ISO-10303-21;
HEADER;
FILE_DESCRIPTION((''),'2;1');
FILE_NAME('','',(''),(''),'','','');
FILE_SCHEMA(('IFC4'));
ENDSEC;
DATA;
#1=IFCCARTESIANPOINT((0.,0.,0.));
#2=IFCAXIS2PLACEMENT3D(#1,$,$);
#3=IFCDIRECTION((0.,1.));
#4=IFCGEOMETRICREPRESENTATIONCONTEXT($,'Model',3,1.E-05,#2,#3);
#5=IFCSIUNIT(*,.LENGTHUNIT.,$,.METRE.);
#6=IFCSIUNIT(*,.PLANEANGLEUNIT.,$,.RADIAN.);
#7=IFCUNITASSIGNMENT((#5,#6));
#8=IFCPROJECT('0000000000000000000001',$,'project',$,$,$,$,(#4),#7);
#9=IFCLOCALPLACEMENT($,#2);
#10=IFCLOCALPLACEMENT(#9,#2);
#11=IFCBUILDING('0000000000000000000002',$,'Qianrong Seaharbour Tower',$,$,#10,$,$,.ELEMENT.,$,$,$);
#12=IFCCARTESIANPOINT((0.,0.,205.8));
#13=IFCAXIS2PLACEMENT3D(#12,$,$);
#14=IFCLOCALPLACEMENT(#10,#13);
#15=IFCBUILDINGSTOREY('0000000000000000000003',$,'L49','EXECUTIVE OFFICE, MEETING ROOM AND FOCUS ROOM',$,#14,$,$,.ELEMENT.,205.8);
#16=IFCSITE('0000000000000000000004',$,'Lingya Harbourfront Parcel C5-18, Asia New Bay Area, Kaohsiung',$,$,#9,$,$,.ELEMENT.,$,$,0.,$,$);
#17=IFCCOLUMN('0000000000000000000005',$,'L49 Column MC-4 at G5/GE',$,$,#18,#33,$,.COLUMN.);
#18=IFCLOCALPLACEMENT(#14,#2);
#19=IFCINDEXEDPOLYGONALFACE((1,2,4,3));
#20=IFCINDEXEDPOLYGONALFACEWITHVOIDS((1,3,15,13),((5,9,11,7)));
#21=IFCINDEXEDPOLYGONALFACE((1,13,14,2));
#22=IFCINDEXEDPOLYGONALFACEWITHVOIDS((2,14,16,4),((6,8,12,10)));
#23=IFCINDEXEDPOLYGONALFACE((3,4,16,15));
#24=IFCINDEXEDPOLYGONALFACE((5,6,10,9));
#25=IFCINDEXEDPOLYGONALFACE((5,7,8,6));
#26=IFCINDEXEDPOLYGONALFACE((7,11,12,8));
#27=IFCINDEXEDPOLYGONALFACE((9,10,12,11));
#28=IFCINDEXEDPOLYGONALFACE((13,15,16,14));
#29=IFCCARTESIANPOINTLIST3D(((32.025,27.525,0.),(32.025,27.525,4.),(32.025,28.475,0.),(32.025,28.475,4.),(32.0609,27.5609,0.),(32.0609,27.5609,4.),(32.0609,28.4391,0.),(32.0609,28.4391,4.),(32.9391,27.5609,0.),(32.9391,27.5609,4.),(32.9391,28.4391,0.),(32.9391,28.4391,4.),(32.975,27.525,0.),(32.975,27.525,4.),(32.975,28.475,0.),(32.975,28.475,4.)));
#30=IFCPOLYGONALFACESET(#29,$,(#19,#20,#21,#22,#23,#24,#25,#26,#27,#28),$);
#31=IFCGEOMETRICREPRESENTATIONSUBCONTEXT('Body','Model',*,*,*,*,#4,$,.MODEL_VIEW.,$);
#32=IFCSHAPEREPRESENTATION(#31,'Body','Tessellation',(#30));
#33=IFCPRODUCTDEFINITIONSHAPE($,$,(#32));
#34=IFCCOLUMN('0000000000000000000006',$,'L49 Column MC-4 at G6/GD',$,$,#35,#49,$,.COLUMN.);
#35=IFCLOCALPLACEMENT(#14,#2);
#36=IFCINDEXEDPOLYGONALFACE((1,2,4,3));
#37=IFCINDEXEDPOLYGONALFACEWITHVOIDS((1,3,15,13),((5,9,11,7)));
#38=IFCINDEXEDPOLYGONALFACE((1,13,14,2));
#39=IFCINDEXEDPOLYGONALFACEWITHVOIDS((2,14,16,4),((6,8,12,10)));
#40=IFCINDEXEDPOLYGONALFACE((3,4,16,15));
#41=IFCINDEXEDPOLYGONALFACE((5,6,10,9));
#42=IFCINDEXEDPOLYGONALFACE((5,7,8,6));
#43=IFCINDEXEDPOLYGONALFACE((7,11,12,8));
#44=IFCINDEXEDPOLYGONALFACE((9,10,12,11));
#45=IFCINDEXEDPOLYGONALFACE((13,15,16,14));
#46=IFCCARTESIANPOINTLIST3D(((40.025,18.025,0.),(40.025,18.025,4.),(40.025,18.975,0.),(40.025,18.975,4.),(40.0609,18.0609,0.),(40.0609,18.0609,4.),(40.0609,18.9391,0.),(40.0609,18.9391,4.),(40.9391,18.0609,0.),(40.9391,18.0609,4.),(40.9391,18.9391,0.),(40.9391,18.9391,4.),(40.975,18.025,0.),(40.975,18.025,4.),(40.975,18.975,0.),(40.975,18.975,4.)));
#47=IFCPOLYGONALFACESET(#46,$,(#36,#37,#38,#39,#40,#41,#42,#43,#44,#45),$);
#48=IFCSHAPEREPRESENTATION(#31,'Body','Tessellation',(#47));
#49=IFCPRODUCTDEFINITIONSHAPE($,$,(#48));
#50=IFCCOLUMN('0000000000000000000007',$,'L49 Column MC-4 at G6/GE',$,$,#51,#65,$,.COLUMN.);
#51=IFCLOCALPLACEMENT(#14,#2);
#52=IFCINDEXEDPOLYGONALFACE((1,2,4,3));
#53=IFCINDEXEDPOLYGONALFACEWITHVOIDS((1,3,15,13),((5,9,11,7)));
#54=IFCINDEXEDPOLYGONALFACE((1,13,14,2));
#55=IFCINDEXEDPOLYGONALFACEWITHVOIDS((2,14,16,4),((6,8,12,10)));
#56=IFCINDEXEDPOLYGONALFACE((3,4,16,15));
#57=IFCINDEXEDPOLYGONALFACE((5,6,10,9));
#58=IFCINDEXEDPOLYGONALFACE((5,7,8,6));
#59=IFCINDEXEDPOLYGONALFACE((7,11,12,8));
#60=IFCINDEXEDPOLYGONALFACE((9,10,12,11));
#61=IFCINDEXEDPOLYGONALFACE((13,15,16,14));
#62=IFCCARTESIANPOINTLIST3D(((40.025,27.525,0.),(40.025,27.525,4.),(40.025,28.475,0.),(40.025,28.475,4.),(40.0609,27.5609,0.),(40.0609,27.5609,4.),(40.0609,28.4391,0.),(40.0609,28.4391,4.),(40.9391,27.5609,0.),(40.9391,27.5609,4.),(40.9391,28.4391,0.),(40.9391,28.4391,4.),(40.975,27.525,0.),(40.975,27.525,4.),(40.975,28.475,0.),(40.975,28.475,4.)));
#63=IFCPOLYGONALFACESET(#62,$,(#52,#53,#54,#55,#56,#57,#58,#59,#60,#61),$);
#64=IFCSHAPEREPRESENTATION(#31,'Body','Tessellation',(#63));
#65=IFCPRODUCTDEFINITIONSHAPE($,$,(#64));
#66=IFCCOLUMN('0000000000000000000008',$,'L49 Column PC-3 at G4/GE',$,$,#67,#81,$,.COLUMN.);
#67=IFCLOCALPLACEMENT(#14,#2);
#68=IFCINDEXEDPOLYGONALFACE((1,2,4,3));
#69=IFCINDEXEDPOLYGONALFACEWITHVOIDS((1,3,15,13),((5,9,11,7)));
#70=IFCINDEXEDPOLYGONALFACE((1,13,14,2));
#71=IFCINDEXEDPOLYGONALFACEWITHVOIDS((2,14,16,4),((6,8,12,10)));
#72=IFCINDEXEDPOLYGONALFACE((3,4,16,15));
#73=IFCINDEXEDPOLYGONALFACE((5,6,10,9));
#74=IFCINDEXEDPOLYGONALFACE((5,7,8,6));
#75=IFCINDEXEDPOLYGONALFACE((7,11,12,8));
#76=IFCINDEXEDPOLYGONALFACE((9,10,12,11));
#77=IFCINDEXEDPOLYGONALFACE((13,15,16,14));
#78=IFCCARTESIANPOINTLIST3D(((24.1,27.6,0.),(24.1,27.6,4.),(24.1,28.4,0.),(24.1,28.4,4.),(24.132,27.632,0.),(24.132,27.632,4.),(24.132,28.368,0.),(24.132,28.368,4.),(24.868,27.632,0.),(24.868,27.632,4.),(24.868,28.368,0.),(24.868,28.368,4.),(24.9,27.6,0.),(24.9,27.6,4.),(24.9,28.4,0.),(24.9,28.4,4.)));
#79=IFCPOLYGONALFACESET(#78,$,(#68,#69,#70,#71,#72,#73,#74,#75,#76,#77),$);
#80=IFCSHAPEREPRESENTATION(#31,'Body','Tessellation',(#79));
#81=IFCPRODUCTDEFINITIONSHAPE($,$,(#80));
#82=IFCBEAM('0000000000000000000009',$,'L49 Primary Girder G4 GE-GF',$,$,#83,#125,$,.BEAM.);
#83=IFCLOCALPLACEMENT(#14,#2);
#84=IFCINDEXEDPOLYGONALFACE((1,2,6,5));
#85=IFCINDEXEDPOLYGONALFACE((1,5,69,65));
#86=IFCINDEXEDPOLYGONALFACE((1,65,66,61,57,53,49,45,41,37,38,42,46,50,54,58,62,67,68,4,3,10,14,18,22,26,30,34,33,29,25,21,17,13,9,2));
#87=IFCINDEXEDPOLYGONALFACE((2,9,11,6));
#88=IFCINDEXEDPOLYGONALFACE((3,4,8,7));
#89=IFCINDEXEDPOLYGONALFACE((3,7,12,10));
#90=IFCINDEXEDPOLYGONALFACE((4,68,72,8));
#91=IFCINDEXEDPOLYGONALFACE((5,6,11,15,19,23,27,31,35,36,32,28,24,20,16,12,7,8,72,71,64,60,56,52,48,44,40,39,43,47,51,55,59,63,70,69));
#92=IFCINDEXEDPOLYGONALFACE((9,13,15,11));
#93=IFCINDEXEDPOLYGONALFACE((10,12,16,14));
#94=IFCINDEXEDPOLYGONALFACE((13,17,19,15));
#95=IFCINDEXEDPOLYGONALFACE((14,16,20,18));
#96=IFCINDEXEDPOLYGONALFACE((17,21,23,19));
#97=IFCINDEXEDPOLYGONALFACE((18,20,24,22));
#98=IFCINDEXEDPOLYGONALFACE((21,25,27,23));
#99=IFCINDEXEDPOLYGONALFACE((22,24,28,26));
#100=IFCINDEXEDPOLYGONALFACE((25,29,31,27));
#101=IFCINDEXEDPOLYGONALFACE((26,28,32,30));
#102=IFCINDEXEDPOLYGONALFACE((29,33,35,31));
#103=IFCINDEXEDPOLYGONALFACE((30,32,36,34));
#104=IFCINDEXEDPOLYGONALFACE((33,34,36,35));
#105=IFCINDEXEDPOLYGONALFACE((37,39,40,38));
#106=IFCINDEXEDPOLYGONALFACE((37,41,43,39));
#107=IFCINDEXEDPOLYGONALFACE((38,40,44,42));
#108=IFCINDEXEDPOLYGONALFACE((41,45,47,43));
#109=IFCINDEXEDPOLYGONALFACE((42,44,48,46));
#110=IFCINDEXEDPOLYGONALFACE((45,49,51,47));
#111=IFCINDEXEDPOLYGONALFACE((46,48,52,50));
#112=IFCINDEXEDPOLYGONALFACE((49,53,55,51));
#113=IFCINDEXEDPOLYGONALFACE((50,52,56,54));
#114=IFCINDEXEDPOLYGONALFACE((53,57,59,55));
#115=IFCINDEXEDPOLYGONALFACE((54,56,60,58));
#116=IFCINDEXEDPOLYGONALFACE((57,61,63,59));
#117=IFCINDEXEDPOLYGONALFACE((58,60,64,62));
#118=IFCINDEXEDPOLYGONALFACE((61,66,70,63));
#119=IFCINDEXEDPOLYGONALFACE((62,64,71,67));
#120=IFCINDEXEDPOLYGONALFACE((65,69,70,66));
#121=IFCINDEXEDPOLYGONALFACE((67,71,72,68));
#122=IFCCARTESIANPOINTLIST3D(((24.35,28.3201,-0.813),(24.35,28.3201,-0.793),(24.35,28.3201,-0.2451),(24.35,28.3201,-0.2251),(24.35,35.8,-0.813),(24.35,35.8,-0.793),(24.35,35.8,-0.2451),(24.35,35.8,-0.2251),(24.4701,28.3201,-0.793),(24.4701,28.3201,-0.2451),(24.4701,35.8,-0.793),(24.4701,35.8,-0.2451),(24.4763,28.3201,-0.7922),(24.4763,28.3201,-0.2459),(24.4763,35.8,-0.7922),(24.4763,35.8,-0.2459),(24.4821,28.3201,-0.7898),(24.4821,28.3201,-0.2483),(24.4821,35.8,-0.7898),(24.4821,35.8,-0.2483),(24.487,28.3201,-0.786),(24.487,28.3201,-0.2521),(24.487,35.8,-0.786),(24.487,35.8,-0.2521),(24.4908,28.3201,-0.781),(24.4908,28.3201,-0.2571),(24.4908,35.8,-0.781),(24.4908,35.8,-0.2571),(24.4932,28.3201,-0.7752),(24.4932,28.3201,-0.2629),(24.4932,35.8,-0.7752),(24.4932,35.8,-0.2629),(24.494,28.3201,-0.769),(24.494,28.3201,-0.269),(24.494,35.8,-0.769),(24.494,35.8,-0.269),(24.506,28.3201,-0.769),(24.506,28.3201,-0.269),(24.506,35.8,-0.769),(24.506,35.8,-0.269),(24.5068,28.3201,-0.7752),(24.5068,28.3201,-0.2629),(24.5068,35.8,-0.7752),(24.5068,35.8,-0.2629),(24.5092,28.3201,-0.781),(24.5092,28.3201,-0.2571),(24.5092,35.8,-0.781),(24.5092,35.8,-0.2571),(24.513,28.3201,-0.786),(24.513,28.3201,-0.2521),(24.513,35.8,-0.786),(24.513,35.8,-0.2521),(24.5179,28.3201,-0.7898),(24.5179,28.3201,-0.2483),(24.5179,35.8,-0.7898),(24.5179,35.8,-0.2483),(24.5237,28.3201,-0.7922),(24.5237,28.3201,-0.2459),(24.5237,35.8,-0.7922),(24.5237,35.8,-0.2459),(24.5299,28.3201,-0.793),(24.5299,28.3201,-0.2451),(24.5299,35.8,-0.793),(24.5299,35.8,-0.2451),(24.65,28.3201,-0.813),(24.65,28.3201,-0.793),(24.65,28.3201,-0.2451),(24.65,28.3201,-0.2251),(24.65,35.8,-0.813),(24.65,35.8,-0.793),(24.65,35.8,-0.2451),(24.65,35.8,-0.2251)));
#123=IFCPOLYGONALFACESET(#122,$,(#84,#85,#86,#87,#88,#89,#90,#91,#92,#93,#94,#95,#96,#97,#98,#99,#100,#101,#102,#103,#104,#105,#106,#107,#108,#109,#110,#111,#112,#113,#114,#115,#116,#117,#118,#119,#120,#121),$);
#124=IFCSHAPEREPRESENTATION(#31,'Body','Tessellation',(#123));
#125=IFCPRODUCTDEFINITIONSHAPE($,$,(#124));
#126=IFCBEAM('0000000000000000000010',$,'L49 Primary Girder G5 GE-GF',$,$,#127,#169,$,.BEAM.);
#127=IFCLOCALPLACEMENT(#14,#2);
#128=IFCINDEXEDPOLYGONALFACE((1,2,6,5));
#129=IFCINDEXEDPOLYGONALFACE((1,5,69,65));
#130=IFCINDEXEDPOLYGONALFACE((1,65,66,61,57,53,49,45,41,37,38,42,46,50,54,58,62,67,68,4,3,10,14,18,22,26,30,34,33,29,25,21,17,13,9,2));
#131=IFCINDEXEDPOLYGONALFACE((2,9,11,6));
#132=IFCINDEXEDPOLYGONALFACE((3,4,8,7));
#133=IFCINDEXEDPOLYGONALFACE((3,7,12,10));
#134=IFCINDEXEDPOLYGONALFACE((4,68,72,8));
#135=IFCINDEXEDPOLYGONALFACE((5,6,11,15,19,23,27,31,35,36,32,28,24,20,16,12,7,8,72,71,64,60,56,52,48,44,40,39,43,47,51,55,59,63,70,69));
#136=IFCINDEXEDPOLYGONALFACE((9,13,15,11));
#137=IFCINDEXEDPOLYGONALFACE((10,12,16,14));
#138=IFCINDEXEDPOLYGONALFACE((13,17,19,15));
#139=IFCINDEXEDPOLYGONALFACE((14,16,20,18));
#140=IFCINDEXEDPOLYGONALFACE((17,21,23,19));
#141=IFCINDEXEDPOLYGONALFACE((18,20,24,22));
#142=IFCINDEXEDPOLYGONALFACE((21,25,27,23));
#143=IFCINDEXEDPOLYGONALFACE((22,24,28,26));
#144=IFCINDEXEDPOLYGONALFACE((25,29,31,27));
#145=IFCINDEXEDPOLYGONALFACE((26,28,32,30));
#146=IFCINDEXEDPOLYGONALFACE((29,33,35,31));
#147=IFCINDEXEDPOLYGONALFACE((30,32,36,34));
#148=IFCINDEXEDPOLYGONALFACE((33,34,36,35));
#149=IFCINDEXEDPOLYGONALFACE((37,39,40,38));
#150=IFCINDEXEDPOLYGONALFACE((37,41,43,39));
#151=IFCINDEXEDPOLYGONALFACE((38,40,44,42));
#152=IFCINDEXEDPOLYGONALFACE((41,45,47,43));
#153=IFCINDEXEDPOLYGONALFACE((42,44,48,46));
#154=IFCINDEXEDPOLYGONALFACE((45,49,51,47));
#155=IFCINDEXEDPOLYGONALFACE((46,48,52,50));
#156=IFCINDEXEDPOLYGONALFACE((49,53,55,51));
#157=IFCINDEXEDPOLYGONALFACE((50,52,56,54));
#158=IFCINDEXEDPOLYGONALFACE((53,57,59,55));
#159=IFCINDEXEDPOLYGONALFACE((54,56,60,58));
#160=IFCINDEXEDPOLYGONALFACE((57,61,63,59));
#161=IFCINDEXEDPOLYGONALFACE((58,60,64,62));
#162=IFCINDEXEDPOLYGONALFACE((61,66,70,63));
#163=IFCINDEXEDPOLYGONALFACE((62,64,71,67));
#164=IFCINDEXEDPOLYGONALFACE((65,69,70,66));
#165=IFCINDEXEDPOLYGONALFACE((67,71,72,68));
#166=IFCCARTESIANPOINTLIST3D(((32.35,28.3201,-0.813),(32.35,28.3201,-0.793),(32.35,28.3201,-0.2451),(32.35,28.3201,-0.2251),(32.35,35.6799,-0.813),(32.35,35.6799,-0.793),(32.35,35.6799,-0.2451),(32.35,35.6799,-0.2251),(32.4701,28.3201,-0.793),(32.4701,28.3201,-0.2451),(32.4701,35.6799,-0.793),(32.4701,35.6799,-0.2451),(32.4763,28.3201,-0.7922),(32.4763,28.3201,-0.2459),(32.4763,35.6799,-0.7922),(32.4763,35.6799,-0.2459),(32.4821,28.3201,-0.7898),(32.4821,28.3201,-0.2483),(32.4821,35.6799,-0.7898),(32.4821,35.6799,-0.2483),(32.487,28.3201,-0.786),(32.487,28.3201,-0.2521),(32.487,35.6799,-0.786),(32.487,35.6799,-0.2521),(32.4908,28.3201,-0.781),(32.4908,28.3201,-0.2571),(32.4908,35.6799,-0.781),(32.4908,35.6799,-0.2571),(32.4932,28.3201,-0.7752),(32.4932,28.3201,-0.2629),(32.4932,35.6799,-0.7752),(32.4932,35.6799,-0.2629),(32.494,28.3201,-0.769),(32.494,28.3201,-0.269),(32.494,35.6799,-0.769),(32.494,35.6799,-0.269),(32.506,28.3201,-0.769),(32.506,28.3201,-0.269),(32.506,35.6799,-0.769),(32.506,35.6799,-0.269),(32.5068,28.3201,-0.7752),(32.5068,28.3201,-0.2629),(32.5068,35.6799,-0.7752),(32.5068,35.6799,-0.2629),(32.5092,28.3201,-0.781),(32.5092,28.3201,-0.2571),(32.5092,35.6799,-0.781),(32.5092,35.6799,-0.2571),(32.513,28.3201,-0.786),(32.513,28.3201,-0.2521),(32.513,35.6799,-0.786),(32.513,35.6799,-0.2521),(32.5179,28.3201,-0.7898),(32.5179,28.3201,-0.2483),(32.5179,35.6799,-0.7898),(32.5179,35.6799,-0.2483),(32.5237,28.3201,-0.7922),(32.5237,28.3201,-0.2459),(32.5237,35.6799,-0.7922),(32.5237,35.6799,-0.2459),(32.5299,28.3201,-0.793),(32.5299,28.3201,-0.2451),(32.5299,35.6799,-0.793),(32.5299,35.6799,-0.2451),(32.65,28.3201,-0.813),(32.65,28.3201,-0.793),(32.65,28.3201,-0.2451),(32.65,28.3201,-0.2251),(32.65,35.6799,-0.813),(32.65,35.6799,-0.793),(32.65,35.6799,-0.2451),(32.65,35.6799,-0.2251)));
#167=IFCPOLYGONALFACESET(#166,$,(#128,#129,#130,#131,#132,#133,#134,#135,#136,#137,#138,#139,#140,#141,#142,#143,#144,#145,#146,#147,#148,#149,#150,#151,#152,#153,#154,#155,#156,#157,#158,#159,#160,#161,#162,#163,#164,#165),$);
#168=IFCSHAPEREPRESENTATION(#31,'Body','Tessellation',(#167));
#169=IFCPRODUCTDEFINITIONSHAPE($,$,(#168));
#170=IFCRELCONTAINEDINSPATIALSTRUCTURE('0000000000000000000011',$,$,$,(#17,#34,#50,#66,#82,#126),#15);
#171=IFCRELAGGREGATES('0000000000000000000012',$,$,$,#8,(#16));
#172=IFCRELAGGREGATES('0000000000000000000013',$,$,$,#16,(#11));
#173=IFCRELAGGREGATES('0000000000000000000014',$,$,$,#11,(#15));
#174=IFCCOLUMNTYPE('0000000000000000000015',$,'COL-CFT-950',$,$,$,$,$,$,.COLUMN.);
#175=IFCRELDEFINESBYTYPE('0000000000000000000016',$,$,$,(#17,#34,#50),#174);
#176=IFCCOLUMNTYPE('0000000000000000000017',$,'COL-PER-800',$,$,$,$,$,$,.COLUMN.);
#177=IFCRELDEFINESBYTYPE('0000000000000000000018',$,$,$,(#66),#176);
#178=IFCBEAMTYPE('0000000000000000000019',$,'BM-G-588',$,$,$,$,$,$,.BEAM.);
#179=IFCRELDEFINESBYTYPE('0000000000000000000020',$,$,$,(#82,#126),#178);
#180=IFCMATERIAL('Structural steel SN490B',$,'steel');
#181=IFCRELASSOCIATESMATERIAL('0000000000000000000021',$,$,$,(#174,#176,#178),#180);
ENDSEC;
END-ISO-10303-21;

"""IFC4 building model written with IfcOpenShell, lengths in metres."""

from ifc_helpers import new_model, si_unit, direction, frame, origin, origin_2d, place, context, subcontext, project, spatial, hollow_rectangle, i_section, extrude, material, material_profile, profile_set, type_object, element, save


model = new_model("IFC4")

# Units and contexts
model_context = context("Model", 3, precision=1e-05, world=origin(), true_north=direction((0.0, 1.0)))
body_context = subcontext(model_context, "Body", "Model", "MODEL_VIEW")
ifc_project = project(units=[si_unit("LENGTHUNIT", "METRE"), si_unit("PLANEANGLEUNIT", "RADIAN")], contexts=[model_context])

# Site, building, storey
site_placement = place(None, origin())
site = spatial("IfcSite", under=ifc_project, at=site_placement, Name="Lingya Harbourfront Parcel C5-18, Asia New Bay Area, Kaohsiung", CompositionType="ELEMENT", RefElevation=0.0)
building_placement = place(site_placement, origin())
building = spatial("IfcBuilding", under=site, at=building_placement, Name="Qianrong Seaharbour Tower", CompositionType="ELEMENT")
storey_placement = place(building_placement, frame((0.0, 0.0, 205.8)))
storey = spatial("IfcBuildingStorey", under=building, at=storey_placement, Name="L49", Description="EXECUTIVE OFFICE, MEETING ROOM AND FOCUS ROOM", CompositionType="ELEMENT", Elevation=205.8)

# Columns
ifc_material_1 = material(Name="Structural steel SN490B", Category="steel")
ifc_material_profile_1 = material_profile(ifc_material_1, hollow_rectangle(XDim=0.95, YDim=0.95, WallThickness=0.0359, at=origin_2d()), Name="BOX950x950x36")
ifc_profile_set_1 = profile_set([ifc_material_profile_1], Name="Structural steel SN490B")
column_type_1 = type_object("IfcColumnType", Name="COL-CFT-950", PredefinedType="COLUMN", material=ifc_profile_set_1)
for number, where, z_axis, x_axis, name in (
    (1, (32.5, 28.0, 0.0), (0.0, 0.0, 1.0), (1.0, 0.0, 0.0), "L49 Column MC-4 at G5/GE"),
    (2, (40.5, 18.5, 0.0), (0.0, 0.0, 1.0), (1.0, 0.0, 0.0), "L49 Column MC-4 at G6/GD"),
    (3, (40.5, 28.0, 0.0), (0.0, 0.0, 1.0), (1.0, 0.0, 0.0), "L49 Column MC-4 at G6/GE"),
):
    element("IfcColumn", number, at=place(storey_placement, frame(where, z_axis=z_axis, x_axis=x_axis)), inside=storey, type_object=column_type_1, Name=name, PredefinedType="COLUMN", context=body_context, shape_type="SweptSolid", body=[
        extrude(hollow_rectangle(XDim=0.95, YDim=0.95, WallThickness=0.0359, at=origin_2d()), origin(), (0.0, 0.0, 1.0), 4.0),
    ])
ifc_material_profile_2 = material_profile(ifc_material_1, hollow_rectangle(XDim=0.8, YDim=0.8, WallThickness=0.032, at=origin_2d()), Name="BOX800x800x32")
ifc_profile_set_2 = profile_set([ifc_material_profile_2], Name="Structural steel SN490B")
column_type_2 = type_object("IfcColumnType", Name="COL-PER-800", PredefinedType="COLUMN", material=ifc_profile_set_2)
column_placement = place(storey_placement, frame((24.5, 28.0, 0.0), z_axis=(0.0, 0.0, 1.0), x_axis=(1.0, 0.0, 0.0)))
element("IfcColumn", 4, at=column_placement, inside=storey, type_object=column_type_2, Name="L49 Column PC-3 at G4/GE", PredefinedType="COLUMN", context=body_context, shape_type="SweptSolid", body=[
    extrude(hollow_rectangle(XDim=0.8, YDim=0.8, WallThickness=0.032, at=origin_2d()), origin(), (0.0, 0.0, 1.0), 4.0),
])

# Beams
ifc_material_profile_3 = material_profile(ifc_material_1, i_section(OverallWidth=0.3, OverallDepth=0.5879, WebThickness=0.012, FlangeThickness=0.02, FilletRadius=0.0239, at=origin_2d()), Name="H588x300x12x20")
ifc_profile_set_3 = profile_set([ifc_material_profile_3], Name="Structural steel SN490B")
beam_type_1 = type_object("IfcBeamType", Name="BM-G-588", PredefinedType="BEAM", material=ifc_profile_set_3)
beam_1_placement = place(storey_placement, frame((24.5, 28.3201, -0.519), z_axis=(0.0, 1.0, 0.0), x_axis=(-1.0, 0.0, 0.0)))
element("IfcBeam", 5, at=beam_1_placement, inside=storey, type_object=beam_type_1, Name="L49 Primary Girder G4 GE-GF", PredefinedType="BEAM", context=body_context, shape_type="SweptSolid", body=[
    extrude(i_section(OverallWidth=0.3, OverallDepth=0.5879, WebThickness=0.012, FlangeThickness=0.02, FilletRadius=0.0239, at=origin_2d()), origin(), (0.0, 0.0, 1.0), 7.48),
])
beam_2_placement = place(storey_placement, frame((32.5, 28.3201, -0.519), z_axis=(0.0, 1.0, 0.0), x_axis=(-1.0, 0.0, 0.0)))
element("IfcBeam", 6, at=beam_2_placement, inside=storey, type_object=beam_type_1, Name="L49 Primary Girder G5 GE-GF", PredefinedType="BEAM", context=body_context, shape_type="SweptSolid", body=[
    extrude(i_section(OverallWidth=0.3, OverallDepth=0.5879, WebThickness=0.012, FlangeThickness=0.02, FilletRadius=0.0239, at=origin_2d()), origin(), (0.0, 0.0, 1.0), 7.3599),
])

save(model, "model.ifc")
